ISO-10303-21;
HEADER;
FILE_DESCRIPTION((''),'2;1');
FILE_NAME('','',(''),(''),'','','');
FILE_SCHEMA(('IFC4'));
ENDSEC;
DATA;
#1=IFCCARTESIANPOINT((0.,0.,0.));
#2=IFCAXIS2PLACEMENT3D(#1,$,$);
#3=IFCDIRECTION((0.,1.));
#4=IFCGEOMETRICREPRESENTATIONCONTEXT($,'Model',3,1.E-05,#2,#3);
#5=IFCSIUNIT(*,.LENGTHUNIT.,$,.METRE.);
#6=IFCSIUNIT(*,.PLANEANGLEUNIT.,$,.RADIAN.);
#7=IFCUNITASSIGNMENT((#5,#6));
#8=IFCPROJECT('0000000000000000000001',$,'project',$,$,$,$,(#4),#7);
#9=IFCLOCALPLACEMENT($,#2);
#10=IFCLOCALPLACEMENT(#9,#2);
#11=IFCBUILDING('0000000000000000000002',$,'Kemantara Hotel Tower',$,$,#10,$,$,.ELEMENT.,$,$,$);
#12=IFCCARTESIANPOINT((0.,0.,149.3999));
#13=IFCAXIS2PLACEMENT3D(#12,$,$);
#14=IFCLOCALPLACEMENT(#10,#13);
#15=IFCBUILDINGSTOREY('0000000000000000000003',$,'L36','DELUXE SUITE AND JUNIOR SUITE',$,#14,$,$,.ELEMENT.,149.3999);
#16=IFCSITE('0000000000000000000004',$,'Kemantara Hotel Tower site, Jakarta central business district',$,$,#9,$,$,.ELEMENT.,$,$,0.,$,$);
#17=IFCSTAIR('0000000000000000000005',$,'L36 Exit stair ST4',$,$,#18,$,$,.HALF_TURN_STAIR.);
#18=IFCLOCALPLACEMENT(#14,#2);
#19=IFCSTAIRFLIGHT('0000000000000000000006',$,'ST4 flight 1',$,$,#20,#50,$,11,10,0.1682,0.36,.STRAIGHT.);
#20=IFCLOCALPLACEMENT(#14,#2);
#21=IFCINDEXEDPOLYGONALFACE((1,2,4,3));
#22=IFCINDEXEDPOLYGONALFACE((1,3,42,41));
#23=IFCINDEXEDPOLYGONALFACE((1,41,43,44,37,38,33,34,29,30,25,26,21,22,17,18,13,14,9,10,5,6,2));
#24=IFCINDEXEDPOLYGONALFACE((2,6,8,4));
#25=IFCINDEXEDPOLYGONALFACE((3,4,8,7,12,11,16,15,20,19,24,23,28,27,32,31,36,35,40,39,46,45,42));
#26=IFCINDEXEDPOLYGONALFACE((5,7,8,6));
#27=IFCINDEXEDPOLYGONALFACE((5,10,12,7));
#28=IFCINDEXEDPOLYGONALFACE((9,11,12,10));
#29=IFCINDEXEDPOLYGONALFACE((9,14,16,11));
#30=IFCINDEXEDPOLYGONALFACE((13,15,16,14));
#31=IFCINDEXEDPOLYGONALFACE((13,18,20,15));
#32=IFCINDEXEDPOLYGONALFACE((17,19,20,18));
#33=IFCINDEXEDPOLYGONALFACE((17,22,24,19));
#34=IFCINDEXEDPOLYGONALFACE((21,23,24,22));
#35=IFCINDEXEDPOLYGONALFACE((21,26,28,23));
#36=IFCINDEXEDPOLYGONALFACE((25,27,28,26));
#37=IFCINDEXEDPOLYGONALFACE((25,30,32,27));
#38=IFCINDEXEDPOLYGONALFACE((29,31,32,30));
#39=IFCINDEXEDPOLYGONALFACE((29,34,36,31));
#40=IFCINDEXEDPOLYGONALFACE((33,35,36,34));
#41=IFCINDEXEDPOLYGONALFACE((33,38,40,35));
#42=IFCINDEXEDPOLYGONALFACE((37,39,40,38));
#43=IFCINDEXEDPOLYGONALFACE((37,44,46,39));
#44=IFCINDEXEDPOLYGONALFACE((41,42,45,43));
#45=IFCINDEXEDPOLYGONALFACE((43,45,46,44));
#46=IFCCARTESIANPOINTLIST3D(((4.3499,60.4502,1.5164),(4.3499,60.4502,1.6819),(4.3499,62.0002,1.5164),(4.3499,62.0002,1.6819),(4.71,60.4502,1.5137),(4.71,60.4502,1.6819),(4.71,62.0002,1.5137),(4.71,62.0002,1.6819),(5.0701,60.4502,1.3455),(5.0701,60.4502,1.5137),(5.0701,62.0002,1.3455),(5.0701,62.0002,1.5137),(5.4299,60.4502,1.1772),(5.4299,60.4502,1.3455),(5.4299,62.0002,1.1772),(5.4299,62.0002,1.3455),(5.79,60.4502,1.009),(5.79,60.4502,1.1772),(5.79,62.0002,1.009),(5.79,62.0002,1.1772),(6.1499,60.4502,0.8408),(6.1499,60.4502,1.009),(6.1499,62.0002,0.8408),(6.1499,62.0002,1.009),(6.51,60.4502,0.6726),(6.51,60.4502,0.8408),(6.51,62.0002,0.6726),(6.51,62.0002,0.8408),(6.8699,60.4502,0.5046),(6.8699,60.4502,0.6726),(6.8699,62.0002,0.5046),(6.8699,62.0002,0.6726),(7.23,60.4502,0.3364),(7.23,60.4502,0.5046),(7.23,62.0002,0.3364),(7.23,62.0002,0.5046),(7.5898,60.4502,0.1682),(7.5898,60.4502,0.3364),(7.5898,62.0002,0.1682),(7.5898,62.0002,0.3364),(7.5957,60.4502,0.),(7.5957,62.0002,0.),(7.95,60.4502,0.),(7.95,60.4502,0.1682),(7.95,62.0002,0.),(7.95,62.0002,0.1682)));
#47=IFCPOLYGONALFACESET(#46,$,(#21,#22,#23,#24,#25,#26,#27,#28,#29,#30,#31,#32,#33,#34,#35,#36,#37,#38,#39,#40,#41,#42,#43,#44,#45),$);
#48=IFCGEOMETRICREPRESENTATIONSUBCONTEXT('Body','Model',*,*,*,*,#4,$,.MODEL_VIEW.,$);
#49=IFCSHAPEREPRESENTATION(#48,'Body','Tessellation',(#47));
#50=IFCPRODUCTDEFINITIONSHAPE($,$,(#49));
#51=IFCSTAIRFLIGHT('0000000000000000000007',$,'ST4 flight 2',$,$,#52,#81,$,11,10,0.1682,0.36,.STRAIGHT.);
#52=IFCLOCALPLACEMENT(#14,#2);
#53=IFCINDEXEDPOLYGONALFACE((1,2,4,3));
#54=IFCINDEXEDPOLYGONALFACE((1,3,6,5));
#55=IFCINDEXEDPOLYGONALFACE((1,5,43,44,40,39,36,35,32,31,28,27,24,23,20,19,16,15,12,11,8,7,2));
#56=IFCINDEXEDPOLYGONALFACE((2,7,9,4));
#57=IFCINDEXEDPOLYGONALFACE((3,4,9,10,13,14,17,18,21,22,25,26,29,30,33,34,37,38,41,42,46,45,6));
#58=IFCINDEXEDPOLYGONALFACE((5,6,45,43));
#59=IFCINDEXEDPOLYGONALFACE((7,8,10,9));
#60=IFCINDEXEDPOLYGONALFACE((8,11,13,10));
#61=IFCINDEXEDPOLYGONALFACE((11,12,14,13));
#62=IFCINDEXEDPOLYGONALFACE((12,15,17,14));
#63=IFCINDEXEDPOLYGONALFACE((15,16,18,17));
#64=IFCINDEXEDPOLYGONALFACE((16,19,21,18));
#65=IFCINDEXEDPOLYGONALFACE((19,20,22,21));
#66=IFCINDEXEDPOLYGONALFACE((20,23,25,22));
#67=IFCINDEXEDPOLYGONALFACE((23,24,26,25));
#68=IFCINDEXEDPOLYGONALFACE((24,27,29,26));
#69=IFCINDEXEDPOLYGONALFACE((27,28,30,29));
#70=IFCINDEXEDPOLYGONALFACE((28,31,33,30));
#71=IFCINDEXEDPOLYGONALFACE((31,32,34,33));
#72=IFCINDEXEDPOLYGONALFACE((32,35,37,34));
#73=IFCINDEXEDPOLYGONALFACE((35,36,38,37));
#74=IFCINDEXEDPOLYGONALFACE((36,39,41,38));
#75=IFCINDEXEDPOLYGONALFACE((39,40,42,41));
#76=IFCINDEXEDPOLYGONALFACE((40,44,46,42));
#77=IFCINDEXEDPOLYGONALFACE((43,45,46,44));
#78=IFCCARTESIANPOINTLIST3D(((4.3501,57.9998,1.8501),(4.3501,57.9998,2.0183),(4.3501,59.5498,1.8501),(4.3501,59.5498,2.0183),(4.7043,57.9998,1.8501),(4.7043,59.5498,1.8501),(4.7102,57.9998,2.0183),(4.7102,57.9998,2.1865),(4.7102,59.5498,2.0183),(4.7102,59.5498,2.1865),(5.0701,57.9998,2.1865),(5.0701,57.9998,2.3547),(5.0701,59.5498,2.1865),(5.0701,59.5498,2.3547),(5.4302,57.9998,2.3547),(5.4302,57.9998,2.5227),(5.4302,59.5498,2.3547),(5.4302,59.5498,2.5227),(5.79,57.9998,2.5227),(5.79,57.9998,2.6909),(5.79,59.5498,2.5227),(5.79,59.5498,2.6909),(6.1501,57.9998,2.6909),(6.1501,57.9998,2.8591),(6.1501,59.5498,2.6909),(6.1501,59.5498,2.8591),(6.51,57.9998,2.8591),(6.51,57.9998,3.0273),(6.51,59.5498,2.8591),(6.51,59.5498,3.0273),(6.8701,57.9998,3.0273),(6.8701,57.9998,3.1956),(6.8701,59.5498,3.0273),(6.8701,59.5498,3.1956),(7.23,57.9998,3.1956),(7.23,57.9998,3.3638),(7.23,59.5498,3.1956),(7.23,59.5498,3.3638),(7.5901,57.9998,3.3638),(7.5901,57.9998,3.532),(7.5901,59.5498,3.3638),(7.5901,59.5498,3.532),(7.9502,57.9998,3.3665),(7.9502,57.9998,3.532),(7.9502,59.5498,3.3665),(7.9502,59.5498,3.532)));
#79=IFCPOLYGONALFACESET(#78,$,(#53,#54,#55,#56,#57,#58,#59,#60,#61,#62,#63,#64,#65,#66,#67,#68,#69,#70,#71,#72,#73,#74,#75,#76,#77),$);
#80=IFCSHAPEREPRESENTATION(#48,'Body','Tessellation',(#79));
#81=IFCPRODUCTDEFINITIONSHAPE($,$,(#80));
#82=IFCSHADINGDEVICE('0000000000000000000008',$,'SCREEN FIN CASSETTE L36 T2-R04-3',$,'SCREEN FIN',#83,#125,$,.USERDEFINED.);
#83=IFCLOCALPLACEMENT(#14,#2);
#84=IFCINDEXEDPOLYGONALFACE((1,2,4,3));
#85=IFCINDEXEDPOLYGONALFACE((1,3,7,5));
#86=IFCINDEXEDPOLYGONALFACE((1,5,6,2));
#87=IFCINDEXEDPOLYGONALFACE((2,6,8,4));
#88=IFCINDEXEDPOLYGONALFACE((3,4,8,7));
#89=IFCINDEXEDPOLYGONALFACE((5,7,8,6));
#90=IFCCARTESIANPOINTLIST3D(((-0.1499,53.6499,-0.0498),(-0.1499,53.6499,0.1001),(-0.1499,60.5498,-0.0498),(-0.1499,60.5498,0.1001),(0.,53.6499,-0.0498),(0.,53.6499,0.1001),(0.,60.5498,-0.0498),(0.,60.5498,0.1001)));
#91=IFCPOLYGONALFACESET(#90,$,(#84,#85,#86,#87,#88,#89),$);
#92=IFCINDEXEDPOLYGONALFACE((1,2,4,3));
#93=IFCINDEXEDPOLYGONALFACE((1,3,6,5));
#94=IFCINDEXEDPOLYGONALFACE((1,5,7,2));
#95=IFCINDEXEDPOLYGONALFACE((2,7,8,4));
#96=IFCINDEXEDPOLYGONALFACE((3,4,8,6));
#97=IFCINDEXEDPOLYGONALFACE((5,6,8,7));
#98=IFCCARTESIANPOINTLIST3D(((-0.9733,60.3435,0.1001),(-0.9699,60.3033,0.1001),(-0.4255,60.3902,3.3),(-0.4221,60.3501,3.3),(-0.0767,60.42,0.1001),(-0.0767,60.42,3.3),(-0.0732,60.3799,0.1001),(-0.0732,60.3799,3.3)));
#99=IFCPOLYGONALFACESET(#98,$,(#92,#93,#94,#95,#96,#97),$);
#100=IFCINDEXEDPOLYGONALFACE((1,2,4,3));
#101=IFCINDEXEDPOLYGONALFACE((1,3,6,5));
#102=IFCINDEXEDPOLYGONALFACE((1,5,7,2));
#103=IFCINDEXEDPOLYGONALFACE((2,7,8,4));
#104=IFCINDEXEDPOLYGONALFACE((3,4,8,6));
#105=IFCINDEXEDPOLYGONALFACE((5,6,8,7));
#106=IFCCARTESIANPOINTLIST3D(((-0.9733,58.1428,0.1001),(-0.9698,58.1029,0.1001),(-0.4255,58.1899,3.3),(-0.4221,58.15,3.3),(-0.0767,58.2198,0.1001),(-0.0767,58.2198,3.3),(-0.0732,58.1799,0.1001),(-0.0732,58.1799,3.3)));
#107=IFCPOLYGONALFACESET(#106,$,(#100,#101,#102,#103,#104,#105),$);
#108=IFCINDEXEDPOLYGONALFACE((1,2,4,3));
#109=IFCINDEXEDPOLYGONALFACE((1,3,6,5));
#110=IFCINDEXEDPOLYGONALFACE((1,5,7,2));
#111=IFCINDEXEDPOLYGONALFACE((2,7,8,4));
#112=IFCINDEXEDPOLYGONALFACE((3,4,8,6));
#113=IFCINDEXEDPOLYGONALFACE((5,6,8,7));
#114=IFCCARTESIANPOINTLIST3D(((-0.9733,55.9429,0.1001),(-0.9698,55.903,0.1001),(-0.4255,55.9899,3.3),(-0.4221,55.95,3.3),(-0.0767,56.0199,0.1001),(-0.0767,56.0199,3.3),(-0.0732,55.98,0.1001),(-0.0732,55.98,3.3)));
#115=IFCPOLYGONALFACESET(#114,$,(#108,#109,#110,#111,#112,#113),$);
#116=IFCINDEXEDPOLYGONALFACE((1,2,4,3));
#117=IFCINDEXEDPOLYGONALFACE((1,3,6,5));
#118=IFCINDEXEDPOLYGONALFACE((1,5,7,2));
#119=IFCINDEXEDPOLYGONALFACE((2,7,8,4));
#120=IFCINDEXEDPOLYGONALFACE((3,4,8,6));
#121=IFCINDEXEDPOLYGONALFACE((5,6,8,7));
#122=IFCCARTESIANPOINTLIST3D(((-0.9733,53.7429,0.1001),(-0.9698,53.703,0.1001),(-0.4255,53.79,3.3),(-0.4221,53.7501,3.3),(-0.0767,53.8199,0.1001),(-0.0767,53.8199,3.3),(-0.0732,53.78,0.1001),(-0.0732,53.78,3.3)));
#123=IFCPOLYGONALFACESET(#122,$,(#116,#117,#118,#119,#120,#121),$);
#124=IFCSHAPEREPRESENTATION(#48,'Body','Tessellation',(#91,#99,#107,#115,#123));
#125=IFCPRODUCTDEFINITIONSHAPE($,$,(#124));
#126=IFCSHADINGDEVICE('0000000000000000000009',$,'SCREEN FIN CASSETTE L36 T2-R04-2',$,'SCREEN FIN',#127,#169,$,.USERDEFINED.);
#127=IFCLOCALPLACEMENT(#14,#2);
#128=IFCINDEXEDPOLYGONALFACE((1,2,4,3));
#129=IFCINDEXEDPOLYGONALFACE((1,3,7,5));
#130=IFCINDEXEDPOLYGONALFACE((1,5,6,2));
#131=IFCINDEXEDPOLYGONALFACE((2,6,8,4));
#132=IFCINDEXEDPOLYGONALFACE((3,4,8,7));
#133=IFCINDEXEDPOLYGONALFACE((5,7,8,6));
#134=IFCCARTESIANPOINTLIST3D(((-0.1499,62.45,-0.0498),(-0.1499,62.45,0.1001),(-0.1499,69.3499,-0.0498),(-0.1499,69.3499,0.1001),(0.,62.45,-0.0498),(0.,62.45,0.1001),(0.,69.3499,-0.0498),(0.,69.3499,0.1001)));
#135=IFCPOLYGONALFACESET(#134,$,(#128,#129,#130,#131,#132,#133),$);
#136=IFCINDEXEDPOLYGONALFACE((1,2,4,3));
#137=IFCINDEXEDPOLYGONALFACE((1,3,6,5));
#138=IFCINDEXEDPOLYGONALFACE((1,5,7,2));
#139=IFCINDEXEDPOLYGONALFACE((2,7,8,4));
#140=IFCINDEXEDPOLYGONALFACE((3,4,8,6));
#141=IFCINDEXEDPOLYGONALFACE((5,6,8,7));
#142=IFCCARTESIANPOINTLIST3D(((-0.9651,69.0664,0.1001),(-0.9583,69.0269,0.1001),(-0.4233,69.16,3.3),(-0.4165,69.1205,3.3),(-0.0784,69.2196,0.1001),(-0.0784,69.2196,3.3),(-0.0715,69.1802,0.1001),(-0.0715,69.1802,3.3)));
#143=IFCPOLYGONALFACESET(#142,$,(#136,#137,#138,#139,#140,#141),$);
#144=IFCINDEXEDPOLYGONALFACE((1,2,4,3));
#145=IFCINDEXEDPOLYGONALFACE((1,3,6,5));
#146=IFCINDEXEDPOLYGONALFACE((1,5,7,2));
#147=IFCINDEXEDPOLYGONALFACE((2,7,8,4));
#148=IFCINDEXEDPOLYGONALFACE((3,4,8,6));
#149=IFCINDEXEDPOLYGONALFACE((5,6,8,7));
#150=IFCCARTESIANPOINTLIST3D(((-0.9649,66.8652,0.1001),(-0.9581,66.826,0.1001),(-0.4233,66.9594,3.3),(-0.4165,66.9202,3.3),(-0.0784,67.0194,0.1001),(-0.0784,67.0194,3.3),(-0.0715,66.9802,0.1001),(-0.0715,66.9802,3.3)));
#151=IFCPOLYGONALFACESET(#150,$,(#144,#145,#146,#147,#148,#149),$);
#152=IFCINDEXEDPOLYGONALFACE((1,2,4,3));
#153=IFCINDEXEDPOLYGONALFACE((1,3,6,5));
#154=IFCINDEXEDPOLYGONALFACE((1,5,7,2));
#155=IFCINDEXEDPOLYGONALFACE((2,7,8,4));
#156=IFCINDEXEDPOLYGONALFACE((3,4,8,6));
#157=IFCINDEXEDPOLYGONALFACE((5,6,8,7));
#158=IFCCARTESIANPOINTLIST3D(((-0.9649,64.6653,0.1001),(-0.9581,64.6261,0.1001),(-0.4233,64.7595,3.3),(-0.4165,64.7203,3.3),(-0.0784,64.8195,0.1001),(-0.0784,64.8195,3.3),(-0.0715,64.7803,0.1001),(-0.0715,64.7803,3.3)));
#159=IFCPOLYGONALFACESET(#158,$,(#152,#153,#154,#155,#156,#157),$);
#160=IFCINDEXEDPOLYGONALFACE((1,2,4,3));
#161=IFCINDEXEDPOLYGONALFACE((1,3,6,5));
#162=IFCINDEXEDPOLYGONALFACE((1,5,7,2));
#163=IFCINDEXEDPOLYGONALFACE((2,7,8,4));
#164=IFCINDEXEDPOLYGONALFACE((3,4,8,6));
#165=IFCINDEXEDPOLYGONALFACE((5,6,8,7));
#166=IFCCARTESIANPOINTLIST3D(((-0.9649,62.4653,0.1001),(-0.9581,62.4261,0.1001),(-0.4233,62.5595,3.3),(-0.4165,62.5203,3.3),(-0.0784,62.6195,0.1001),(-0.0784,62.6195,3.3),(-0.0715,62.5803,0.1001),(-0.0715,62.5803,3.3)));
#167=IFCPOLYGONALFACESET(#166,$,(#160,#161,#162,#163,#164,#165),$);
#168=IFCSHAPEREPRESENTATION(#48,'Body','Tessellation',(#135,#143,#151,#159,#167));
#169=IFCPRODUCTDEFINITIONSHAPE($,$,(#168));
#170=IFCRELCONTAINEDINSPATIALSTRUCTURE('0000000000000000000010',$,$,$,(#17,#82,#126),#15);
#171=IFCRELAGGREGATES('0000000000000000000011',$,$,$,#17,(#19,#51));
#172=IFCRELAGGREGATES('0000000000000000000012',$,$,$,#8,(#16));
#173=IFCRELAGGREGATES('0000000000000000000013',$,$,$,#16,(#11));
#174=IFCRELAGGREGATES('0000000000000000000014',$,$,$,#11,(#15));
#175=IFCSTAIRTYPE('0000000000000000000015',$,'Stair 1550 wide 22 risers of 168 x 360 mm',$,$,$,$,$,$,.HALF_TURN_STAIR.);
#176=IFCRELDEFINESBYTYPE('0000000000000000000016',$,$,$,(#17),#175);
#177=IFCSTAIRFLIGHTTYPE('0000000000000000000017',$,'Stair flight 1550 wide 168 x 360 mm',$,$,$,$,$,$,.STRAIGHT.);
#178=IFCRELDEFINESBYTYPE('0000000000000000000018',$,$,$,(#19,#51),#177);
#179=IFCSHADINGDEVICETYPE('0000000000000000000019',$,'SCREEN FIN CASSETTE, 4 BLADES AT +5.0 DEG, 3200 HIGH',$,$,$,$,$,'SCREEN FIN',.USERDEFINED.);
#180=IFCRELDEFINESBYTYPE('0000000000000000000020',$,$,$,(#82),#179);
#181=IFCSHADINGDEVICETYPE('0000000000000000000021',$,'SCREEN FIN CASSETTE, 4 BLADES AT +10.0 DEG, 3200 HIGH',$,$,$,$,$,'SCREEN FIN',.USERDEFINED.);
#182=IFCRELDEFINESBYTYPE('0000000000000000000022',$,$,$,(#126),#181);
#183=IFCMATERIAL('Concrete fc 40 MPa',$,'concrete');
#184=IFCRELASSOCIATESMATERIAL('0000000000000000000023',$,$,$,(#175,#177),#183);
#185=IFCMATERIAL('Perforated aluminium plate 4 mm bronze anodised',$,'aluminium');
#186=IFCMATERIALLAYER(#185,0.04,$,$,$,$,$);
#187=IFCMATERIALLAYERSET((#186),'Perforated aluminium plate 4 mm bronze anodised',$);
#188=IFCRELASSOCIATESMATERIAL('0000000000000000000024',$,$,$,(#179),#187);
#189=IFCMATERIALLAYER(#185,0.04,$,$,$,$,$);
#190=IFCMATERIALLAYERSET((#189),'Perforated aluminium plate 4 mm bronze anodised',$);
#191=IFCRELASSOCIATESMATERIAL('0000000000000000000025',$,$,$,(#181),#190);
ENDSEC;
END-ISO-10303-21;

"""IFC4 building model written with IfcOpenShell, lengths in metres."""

from ifc_helpers import new_model, si_unit, direction, frame, origin, origin_2d, place, context, subcontext, project, spatial, polyline, rectangle, outline, extrude, source, transform, mapped, material, layer, layer_set, type_object, element, aggregate, save


model = new_model("IFC4")

# Units and contexts
model_context = context("Model", 3, precision=1e-05, world=origin(), true_north=direction((0.0, 1.0)))
body_context = subcontext(model_context, "Body", "Model", "MODEL_VIEW")
ifc_project = project(units=[si_unit("LENGTHUNIT", "METRE"), si_unit("PLANEANGLEUNIT", "RADIAN")], contexts=[model_context])

# Site, building, storey
site_placement = place(None, origin())
site = spatial("IfcSite", under=ifc_project, at=site_placement, Name="Kemantara Hotel Tower site, Jakarta central business district", CompositionType="ELEMENT", RefElevation=0.0)
building_placement = place(site_placement, origin())
building = spatial("IfcBuilding", under=site, at=building_placement, Name="Kemantara Hotel Tower", CompositionType="ELEMENT")
storey_placement = place(building_placement, frame((0.0, 0.0, 149.3999)))
storey = spatial("IfcBuildingStorey", under=building, at=storey_placement, Name="L36", Description="DELUXE SUITE AND JUNIOR SUITE", CompositionType="ELEMENT", Elevation=149.3999)

# Shared definitions
ifc_material_1 = material(Name="Concrete fc 40 MPa", Category="concrete")

# Stair, stair flights
stair_type = type_object("IfcStairType", Name="Stair 1550 wide 22 risers of 168 x 360 mm", PredefinedType="HALF_TURN_STAIR", material=ifc_material_1)
stair_placement = place(storey_placement, origin())
stair = element("IfcStair", 1, at=stair_placement, inside=storey, type_object=stair_type, Name="L36 Exit stair ST4", PredefinedType="HALF_TURN_STAIR")
stair_flight_type = type_object("IfcStairFlightType", Name="Stair flight 1550 wide 168 x 360 mm", PredefinedType="STRAIGHT", material=ifc_material_1)
stair_flight_1_placement = place(storey_placement, frame((7.95, 61.2251, 0.0), z_axis=(0.0, 0.0, 1.0), x_axis=(-1.0, 0.0, 0.0)))
stair_flight_1 = element("IfcStairFlight", 2, at=stair_flight_1_placement, type_object=stair_flight_type, Name="ST4 flight 1", NumberOfRisers=11, NumberOfTreads=10, PredefinedType="STRAIGHT", RiserHeight=0.1682, TreadLength=0.36, context=body_context, shape_type="SweptSolid", body=[
    extrude(outline(polyline([(0.0, 0.0), (0.0, 0.1682), (0.3601, 0.1682), (0.3601, 0.3364), (0.72, 0.3364), (0.72, 0.5046), (1.0801, 0.5046), (1.0801, 0.6726), (1.4399, 0.6726), (1.4399, 0.8408), (1.8, 0.8408), (1.8, 1.009), (2.1599, 1.009), (2.1599, 1.1772), (2.52, 1.1772), (2.52, 1.3455), (2.8799, 1.3455), (2.8799, 1.5137), (3.24, 1.5137), (3.24, 1.6819), (3.6001, 1.6819), (3.6001, 1.8501), (3.6001, 1.5164), (0.3542, 0.0), (0.0, 0.0)])), frame((0.0, 0.7749, 0.0), z_axis=(0.0, -1.0, 0.0), x_axis=(1.0, 0.0, 0.0)), (0.0, 0.0, 1.0), 1.55),
])
stair_flight_2_placement = place(storey_placement, frame((4.3501, 58.7749, 1.8501), z_axis=(0.0, 0.0, 1.0), x_axis=(1.0, 0.0, 0.0)))
stair_flight_2 = element("IfcStairFlight", 3, at=stair_flight_2_placement, type_object=stair_flight_type, Name="ST4 flight 2", NumberOfRisers=11, NumberOfTreads=10, PredefinedType="STRAIGHT", RiserHeight=0.1682, TreadLength=0.36, context=body_context, shape_type="SweptSolid", body=[
    extrude(outline(polyline([(0.0, 0.0), (0.0, 0.1682), (0.3601, 0.1682), (0.3601, 0.3364), (0.72, 0.3364), (0.72, 0.5046), (1.0801, 0.5046), (1.0801, 0.6726), (1.4399, 0.6726), (1.4399, 0.8408), (1.8, 0.8408), (1.8, 1.009), (2.1599, 1.009), (2.1599, 1.1772), (2.52, 1.1772), (2.52, 1.3455), (2.8799, 1.3455), (2.8799, 1.5137), (3.24, 1.5137), (3.24, 1.6819), (3.6001, 1.6819), (3.6001, 1.8501), (3.6001, 1.5164), (0.3542, 0.0), (0.0, 0.0)])), frame((0.0, 0.7749, 0.0), z_axis=(0.0, -1.0, 0.0), x_axis=(1.0, 0.0, 0.0)), (0.0, 0.0, 1.0), 1.55),
])
aggregate(stair, [stair_flight_1, stair_flight_2])

# Shading devices
ifc_material_2 = material(Name="Perforated aluminium plate 4 mm bronze anodised", Category="aluminium")
ifc_layer_1 = layer(ifc_material_2, 0.04)
ifc_layer_set_1 = layer_set([ifc_layer_1], Name="Perforated aluminium plate 4 mm bronze anodised")
shading_device_type_1 = type_object("IfcShadingDeviceType", Name="SCREEN FIN CASSETTE, 4 BLADES AT +5.0 DEG, 3200 HIGH", ElementType="SCREEN FIN", PredefinedType="USERDEFINED", material=ifc_layer_set_1)
shared_shape_1 = source(origin(), body_context, "Body", "SweptSolid", [
    extrude(rectangle(XDim=6.8999, YDim=0.1499, at=origin_2d()), frame((3.3, -0.075, -0.1499), z_axis=(0.0, 0.0, 1.0), x_axis=(1.0, 0.0, 0.0)), (0.0, 0.0, 1.0), 0.1499),
    extrude(outline(polyline([(0.0, 0.0), (0.8999, 0.0), (0.3501, 3.2), (0.0, 3.2), (0.0, 0.0)])), frame((0.02, -0.0732, 0.0), z_axis=(-0.996376, -0.085056, 0.0), x_axis=(0.085056, -0.996376, 0.0)), (0.0, 0.0, 1.0), 0.0403),
    extrude(outline(polyline([(0.0, 0.0), (0.8999, 0.0), (0.3501, 3.2), (0.0, 3.2), (0.0, 0.0)])), frame((2.22, -0.0732, 0.0), z_axis=(-0.996332, -0.085575, 0.0), x_axis=(0.085575, -0.996332, 0.0)), (0.0, 0.0, 1.0), 0.04),
    extrude(outline(polyline([(0.0, 0.0), (0.8999, 0.0), (0.3501, 3.2), (0.0, 3.2), (0.0, 0.0)])), frame((4.4199, -0.0732, 0.0), z_axis=(-0.996332, -0.085575, 0.0), x_axis=(0.085575, -0.996332, 0.0)), (0.0, 0.0, 1.0), 0.04),
    extrude(outline(polyline([(0.0, 0.0), (0.8999, 0.0), (0.3501, 3.2), (0.0, 3.2), (0.0, 0.0)])), frame((6.6199, -0.0732, 0.0), z_axis=(-0.996332, -0.085575, 0.0), x_axis=(0.085575, -0.996332, 0.0)), (0.0, 0.0, 1.0), 0.04),
])
shading_device_1_placement = place(storey_placement, frame((0.0, 60.3999, 0.1001), z_axis=(0.0, 0.0, 1.0), x_axis=(0.0, -1.0, 0.0)))
element("IfcShadingDevice", 4, at=shading_device_1_placement, inside=storey, type_object=shading_device_type_1, Name="SCREEN FIN CASSETTE L36 T2-R04-3", ObjectType="SCREEN FIN", PredefinedType="USERDEFINED", context=body_context, shape_type="MappedRepresentation", body=[
    mapped(shared_shape_1, transform((0.0, 0.0, 0.0))),
])
ifc_layer_2 = layer(ifc_material_2, 0.04)
ifc_layer_set_2 = layer_set([ifc_layer_2], Name="Perforated aluminium plate 4 mm bronze anodised")
shading_device_type_2 = type_object("IfcShadingDeviceType", Name="SCREEN FIN CASSETTE, 4 BLADES AT +10.0 DEG, 3200 HIGH", ElementType="SCREEN FIN", PredefinedType="USERDEFINED", material=ifc_layer_set_2)
shared_shape_2 = source(origin(), body_context, "Body", "SweptSolid", [
    extrude(rectangle(XDim=6.8999, YDim=0.1499, at=origin_2d()), frame((3.3, -0.075, -0.1499), z_axis=(0.0, 0.0, 1.0), x_axis=(1.0, 0.0, 0.0)), (0.0, 0.0, 1.0), 0.1499),
    extrude(outline(polyline([(0.0, 0.0), (0.8999, 0.0), (0.3501, 3.2), (0.0, 3.2), (0.0, 0.0)])), frame((0.0198, -0.0715, 0.0), z_axis=(-0.98539, -0.170314, 0.0), x_axis=(0.170314, -0.98539, 0.0)), (0.0, 0.0, 1.0), 0.04),
    extrude(outline(polyline([(0.0, 0.0), (0.8999, 0.0), (0.3501, 3.2), (0.0, 3.2), (0.0, 0.0)])), frame((2.2197, -0.0715, 0.0), z_axis=(-0.985212, -0.171341, 0.0), x_axis=(0.171341, -0.985212, 0.0)), (0.0, 0.0, 1.0), 0.0398),
    extrude(outline(polyline([(0.0, 0.0), (0.8999, 0.0), (0.3501, 3.2), (0.0, 3.2), (0.0, 0.0)])), frame((4.4197, -0.0715, 0.0), z_axis=(-0.985212, -0.171341, 0.0), x_axis=(0.171341, -0.985212, 0.0)), (0.0, 0.0, 1.0), 0.0398),
    extrude(outline(polyline([(0.0, 0.0), (0.8999, 0.0), (0.3501, 3.2), (0.0, 3.2), (0.0, 0.0)])), frame((6.6196, -0.0715, 0.0), z_axis=(-0.985212, -0.171341, 0.0), x_axis=(0.171341, -0.985212, 0.0)), (0.0, 0.0, 1.0), 0.0398),
])
shading_device_2_placement = place(storey_placement, frame((0.0, 69.2, 0.1001), z_axis=(0.0, 0.0, 1.0), x_axis=(0.0, -1.0, 0.0)))
element("IfcShadingDevice", 5, at=shading_device_2_placement, inside=storey, type_object=shading_device_type_2, Name="SCREEN FIN CASSETTE L36 T2-R04-2", ObjectType="SCREEN FIN", PredefinedType="USERDEFINED", context=body_context, shape_type="MappedRepresentation", body=[
    mapped(shared_shape_2, transform((0.0, 0.0, 0.0))),
])

save(model, "model.ifc")
